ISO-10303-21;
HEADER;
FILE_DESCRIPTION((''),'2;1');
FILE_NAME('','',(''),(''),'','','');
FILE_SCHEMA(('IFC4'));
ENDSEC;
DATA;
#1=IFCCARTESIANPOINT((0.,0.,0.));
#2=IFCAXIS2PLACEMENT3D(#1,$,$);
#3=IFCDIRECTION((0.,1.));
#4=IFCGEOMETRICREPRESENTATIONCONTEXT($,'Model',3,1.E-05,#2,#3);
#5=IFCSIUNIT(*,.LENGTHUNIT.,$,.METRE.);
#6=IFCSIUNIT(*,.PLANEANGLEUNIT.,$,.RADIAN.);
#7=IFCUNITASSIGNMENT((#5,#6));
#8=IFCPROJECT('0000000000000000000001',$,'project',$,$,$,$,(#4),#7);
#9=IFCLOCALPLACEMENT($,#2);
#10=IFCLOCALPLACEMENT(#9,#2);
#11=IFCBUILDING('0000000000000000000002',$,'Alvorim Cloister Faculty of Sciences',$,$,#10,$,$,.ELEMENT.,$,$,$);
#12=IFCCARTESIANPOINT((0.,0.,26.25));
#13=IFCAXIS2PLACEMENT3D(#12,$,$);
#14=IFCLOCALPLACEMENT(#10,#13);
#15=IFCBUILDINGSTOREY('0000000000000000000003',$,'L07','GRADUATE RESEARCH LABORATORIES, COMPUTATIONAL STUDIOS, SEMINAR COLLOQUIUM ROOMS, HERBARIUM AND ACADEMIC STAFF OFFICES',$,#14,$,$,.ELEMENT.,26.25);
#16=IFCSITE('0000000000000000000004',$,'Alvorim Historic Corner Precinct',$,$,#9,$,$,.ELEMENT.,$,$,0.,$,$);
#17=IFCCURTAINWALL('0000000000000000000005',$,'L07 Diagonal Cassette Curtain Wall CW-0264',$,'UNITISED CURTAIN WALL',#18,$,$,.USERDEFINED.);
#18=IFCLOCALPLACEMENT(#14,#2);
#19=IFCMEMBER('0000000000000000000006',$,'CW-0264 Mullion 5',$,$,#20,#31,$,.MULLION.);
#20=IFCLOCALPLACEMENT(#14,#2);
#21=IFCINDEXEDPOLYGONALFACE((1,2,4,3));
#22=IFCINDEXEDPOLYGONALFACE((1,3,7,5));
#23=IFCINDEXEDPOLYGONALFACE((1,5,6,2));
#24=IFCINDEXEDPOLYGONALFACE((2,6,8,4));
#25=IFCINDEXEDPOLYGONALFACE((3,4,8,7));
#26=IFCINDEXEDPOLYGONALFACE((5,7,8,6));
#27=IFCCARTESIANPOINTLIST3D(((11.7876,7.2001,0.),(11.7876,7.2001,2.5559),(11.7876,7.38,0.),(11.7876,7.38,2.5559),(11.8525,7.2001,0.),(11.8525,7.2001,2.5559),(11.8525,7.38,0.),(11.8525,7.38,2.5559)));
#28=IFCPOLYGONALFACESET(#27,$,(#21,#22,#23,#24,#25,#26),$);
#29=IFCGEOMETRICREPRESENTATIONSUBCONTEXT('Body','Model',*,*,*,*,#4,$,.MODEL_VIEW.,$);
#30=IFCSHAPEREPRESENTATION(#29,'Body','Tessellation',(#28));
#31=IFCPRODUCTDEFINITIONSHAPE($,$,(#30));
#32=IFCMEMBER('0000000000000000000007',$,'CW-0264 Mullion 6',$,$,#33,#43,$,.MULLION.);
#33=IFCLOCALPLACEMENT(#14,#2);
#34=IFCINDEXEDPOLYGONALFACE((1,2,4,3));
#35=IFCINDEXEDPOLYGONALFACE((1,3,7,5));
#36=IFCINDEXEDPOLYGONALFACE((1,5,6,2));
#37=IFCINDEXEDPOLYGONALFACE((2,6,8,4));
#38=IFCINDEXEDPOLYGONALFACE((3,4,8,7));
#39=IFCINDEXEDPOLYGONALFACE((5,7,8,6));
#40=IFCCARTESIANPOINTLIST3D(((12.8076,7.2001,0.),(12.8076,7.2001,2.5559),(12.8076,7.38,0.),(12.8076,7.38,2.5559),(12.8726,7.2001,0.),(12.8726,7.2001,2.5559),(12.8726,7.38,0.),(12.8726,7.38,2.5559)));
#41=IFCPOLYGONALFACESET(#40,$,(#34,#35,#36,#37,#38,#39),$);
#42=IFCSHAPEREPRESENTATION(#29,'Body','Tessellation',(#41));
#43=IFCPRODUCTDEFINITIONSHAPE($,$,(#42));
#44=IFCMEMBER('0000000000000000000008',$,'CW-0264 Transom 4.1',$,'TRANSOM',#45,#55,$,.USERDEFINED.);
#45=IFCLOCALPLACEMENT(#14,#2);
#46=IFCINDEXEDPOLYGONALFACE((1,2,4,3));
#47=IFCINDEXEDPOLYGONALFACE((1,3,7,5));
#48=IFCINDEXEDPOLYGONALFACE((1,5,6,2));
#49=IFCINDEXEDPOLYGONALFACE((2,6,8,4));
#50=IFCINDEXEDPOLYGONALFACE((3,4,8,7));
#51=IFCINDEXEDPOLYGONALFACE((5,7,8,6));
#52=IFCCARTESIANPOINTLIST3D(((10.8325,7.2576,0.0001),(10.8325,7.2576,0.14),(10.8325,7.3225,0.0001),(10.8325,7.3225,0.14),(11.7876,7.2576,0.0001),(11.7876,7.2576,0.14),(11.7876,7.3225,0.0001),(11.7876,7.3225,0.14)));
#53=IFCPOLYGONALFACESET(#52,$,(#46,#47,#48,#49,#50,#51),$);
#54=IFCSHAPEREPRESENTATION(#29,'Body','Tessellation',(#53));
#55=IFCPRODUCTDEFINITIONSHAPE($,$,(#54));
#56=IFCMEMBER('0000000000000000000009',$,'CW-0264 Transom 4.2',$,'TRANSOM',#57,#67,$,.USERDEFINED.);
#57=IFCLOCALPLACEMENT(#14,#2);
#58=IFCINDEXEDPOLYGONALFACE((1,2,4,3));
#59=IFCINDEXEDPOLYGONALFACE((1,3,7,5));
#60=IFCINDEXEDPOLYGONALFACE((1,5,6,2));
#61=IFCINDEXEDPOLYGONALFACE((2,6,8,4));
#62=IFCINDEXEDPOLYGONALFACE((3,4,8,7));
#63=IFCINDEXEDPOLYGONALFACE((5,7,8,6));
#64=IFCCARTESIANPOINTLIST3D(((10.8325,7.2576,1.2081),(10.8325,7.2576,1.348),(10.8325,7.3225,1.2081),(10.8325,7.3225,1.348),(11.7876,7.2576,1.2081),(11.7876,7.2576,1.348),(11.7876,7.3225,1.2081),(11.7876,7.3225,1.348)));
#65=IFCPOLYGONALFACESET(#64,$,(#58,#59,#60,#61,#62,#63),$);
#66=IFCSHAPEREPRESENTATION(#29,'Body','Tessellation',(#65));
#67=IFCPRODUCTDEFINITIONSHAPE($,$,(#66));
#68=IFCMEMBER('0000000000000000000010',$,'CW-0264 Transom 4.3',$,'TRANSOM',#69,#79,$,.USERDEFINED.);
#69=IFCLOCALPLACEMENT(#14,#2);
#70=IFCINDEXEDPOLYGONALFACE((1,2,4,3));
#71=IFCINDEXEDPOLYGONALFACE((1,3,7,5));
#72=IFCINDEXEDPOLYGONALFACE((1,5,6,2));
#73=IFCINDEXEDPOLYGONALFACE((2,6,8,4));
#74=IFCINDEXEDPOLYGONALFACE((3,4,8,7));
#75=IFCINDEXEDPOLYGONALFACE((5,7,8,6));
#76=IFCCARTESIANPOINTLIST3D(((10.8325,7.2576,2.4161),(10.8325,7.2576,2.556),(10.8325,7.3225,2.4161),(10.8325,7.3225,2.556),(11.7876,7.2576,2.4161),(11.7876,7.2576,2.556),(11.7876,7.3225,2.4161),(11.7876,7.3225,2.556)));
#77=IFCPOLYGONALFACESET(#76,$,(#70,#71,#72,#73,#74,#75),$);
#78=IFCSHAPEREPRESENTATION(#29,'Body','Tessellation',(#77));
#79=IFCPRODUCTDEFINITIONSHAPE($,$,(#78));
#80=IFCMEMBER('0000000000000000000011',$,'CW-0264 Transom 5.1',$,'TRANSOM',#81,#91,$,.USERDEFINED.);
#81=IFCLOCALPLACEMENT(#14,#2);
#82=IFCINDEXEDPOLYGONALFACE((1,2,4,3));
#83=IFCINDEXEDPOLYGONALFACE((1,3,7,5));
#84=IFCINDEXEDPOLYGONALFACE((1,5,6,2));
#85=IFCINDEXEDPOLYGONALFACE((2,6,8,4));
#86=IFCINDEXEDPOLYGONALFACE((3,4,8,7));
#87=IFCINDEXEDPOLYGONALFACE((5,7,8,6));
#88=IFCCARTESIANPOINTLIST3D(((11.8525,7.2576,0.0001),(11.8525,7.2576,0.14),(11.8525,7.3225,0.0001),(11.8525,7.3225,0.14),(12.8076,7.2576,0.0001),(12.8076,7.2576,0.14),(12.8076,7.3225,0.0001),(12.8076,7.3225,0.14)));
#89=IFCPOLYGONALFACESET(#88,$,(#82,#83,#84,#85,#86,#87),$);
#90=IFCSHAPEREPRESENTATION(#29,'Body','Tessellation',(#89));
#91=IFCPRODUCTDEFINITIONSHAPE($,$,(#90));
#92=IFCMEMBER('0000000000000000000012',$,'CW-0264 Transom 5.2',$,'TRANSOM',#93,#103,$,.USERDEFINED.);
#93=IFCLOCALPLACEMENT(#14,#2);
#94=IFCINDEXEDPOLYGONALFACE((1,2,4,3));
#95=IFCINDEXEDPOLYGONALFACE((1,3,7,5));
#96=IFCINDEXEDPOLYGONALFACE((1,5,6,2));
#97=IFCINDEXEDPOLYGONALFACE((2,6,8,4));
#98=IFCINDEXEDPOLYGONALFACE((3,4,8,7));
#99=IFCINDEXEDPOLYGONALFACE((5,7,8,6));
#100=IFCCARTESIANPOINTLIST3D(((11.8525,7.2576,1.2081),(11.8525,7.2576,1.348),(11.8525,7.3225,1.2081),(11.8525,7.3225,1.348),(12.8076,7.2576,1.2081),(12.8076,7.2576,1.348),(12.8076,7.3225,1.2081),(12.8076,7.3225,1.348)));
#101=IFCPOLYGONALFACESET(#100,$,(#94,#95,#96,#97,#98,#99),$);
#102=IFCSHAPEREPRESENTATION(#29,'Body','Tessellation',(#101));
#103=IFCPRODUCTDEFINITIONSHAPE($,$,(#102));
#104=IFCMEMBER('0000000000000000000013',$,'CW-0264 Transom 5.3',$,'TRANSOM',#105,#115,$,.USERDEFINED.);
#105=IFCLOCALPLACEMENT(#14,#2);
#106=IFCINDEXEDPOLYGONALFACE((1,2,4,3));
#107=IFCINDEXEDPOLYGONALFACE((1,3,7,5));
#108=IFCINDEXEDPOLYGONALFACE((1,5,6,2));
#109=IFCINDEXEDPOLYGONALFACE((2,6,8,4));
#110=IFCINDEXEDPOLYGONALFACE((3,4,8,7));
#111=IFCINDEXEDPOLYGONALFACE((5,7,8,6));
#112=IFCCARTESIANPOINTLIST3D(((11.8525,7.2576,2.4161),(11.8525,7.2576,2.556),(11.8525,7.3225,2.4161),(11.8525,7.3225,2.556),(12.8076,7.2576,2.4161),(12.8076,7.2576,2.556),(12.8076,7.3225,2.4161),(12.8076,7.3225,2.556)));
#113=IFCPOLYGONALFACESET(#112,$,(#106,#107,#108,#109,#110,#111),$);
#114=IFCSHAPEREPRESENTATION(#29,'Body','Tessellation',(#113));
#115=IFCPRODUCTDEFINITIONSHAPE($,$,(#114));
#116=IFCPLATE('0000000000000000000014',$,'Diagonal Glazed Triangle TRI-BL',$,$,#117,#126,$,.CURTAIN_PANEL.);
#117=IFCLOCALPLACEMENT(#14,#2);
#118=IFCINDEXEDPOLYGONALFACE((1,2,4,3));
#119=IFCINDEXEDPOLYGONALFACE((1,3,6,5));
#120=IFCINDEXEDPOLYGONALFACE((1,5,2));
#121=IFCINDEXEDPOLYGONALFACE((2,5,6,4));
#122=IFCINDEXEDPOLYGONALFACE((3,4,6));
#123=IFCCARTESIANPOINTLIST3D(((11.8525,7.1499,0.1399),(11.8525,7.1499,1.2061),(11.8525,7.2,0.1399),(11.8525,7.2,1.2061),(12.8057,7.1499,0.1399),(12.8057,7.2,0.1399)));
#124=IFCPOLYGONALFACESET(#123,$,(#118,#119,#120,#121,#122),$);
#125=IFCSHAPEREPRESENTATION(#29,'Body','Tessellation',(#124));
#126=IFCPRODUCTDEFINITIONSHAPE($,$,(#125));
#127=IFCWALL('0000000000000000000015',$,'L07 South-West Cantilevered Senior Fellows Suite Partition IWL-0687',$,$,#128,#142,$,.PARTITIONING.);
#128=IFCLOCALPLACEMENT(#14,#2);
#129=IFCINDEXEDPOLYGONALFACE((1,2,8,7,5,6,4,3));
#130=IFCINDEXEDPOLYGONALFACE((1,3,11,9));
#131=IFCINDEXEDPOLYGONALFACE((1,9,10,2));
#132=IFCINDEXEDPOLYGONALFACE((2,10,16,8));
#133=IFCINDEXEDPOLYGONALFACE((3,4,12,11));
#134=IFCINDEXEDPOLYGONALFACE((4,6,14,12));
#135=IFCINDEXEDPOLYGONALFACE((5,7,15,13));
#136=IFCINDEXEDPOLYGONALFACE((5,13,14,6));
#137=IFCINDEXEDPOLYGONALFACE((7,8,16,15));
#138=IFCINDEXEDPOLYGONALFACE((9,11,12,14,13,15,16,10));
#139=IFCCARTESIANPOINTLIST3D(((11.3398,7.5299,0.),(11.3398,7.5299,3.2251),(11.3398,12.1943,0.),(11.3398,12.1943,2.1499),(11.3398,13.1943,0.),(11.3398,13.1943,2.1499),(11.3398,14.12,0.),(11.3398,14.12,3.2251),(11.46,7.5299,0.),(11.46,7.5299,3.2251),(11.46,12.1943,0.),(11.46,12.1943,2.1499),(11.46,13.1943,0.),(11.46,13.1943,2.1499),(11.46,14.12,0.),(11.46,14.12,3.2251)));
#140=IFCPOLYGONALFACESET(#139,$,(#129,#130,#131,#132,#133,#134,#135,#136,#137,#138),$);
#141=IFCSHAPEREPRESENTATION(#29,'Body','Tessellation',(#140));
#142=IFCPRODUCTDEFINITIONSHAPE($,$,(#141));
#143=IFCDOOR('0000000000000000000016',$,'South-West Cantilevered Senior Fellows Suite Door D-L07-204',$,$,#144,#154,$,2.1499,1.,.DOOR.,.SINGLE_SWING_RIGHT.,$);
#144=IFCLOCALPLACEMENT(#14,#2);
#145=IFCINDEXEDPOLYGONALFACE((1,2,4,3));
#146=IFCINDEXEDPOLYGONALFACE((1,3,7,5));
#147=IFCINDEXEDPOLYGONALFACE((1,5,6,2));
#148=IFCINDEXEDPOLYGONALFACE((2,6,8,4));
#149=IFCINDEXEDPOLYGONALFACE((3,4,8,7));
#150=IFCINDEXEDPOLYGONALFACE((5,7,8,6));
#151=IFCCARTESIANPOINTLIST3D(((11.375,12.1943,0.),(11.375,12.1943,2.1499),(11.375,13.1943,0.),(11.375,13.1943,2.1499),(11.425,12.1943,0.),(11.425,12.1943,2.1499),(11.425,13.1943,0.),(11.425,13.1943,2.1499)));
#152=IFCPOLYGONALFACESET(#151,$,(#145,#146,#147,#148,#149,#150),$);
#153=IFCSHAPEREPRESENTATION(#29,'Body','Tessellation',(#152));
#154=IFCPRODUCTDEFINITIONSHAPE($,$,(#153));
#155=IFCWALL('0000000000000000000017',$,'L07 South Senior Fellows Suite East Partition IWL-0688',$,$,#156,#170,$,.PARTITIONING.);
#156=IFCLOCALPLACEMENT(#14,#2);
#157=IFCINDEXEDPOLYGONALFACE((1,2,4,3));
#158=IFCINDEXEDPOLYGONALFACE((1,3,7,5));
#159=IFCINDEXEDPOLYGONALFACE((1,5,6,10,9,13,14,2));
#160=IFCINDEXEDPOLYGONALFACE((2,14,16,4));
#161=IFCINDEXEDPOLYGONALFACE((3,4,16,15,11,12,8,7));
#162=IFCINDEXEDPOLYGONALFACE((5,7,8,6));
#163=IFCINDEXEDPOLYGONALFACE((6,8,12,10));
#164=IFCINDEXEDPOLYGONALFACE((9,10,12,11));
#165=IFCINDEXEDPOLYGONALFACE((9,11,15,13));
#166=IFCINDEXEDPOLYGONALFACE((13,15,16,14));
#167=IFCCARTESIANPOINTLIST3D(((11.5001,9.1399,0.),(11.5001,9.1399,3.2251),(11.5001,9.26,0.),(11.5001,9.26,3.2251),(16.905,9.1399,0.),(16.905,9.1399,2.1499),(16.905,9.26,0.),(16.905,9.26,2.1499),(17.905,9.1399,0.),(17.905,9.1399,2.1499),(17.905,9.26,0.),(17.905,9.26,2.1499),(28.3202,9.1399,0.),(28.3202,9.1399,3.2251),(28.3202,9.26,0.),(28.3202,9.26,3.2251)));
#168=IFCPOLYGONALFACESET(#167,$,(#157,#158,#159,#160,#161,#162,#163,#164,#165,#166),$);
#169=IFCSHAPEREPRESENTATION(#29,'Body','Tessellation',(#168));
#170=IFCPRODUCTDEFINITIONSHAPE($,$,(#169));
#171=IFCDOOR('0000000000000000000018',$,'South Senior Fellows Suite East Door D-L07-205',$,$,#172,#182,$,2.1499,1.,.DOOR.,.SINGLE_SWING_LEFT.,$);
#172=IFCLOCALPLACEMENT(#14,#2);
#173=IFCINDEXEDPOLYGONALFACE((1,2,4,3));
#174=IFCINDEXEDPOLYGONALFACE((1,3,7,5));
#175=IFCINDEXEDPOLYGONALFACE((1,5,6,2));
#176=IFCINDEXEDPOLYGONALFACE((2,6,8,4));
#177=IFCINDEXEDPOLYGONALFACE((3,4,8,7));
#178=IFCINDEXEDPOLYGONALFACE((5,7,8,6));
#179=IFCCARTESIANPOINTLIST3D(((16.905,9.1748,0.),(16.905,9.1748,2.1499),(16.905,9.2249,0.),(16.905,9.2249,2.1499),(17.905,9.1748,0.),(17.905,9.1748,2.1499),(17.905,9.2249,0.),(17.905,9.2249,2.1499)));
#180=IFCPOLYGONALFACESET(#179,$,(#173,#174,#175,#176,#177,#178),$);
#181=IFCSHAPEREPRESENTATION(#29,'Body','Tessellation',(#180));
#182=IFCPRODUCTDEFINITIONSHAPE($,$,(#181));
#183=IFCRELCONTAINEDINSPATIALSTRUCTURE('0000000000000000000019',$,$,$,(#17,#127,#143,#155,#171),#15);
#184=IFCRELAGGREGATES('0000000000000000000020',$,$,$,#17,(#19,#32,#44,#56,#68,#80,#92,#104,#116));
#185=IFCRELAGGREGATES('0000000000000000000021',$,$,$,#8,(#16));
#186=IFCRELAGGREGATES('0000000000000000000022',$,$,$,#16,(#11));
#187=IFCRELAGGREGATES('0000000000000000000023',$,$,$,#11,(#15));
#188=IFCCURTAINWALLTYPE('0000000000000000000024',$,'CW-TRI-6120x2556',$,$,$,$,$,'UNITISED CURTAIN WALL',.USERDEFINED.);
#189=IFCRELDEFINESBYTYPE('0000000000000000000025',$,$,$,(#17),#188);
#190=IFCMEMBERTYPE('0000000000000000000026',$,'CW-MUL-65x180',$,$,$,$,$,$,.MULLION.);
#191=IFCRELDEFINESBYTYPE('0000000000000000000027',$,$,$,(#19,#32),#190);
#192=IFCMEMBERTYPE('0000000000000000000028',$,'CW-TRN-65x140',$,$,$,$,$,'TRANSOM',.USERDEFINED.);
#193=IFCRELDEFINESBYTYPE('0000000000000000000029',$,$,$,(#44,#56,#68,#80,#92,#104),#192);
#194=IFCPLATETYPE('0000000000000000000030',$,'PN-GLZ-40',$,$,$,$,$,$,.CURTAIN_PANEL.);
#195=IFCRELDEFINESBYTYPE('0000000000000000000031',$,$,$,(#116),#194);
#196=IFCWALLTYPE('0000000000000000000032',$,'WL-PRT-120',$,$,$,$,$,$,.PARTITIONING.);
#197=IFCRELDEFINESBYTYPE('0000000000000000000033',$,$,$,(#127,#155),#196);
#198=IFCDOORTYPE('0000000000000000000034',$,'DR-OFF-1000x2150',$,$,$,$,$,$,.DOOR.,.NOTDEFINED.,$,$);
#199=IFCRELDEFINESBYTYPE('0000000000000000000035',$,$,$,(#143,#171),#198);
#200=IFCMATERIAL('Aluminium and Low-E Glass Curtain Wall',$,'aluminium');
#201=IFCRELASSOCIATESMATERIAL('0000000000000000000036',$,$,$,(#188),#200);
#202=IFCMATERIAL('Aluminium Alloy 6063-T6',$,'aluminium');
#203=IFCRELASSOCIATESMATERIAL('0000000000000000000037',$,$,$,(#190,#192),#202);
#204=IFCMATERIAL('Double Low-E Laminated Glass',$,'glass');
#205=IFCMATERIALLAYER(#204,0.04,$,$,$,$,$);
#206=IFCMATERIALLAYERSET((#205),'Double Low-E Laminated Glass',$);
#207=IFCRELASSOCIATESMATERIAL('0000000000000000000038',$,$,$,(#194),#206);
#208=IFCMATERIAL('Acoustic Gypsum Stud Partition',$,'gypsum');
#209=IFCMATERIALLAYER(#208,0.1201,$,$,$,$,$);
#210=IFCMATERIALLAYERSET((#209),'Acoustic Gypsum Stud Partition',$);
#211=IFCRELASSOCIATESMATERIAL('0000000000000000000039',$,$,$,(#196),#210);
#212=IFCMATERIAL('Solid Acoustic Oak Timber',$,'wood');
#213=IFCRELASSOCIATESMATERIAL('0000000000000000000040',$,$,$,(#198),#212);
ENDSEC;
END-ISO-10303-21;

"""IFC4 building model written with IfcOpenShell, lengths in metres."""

from ifc_helpers import new_model, si_unit, direction, frame, frame_2d, origin, origin_2d, place, context, subcontext, project, spatial, polyline, rectangle, outline, extrude, material, layer, layer_set, material_profile, profile_set, type_object, element, fill, aggregate, save


model = new_model("IFC4")

# Units and contexts
model_context = context("Model", 3, precision=1e-05, world=origin(), true_north=direction((0.0, 1.0)))
body_context = subcontext(model_context, "Body", "Model", "MODEL_VIEW")
ifc_project = project(units=[si_unit("LENGTHUNIT", "METRE"), si_unit("PLANEANGLEUNIT", "RADIAN")], contexts=[model_context])

# Site, building, storey
site_placement = place(None, origin())
site = spatial("IfcSite", under=ifc_project, at=site_placement, Name="Alvorim Historic Corner Precinct", CompositionType="ELEMENT", RefElevation=0.0)
building_placement = place(site_placement, origin())
building = spatial("IfcBuilding", under=site, at=building_placement, Name="Alvorim Cloister Faculty of Sciences", CompositionType="ELEMENT")
storey_placement = place(building_placement, frame((0.0, 0.0, 26.25)))
storey = spatial("IfcBuildingStorey", under=building, at=storey_placement, Name="L07", Description="GRADUATE RESEARCH LABORATORIES, COMPUTATIONAL STUDIOS, SEMINAR COLLOQUIUM ROOMS, HERBARIUM AND ACADEMIC STAFF OFFICES", CompositionType="ELEMENT", Elevation=26.25)

# Curtain wall, members, plate
ifc_material_1 = material(Name="Aluminium and Low-E Glass Curtain Wall", Category="aluminium")
curtain_wall_type = type_object("IfcCurtainWallType", Name="CW-TRI-6120x2556", ElementType="UNITISED CURTAIN WALL", PredefinedType="USERDEFINED", material=ifc_material_1)
curtain_wall_placement = place(storey_placement, origin())
curtain_wall = element("IfcCurtainWall", 1, at=curtain_wall_placement, inside=storey, type_object=curtain_wall_type, Name="L07 Diagonal Cassette Curtain Wall CW-0264", ObjectType="UNITISED CURTAIN WALL", PredefinedType="USERDEFINED")
ifc_material_2 = material(Name="Aluminium Alloy 6063-T6", Category="aluminium")
ifc_material_profile_1 = material_profile(ifc_material_2, rectangle(XDim=0.0649, YDim=0.1799, at=origin_2d()), Name="ALU-MUL-65x180")
ifc_profile_set_1 = profile_set([ifc_material_profile_1], Name="Aluminium Alloy 6063-T6")
member_type_1 = type_object("IfcMemberType", Name="CW-MUL-65x180", PredefinedType="MULLION", material=ifc_profile_set_1)
member_1_placement = place(storey_placement, frame((11.8201, 7.29, 0.0), z_axis=(0.0, 0.0, 1.0), x_axis=(1.0, 0.0, 0.0)))
member_1 = element("IfcMember", 2, at=member_1_placement, type_object=member_type_1, Name="CW-0264 Mullion 5", PredefinedType="MULLION", context=body_context, shape_type="SweptSolid", body=[
    extrude(rectangle(XDim=0.0649, YDim=0.1799, at=origin_2d()), origin(), (0.0, 0.0, 1.0), 2.5559),
])
member_2_placement = place(storey_placement, frame((12.8401, 7.29, 0.0), z_axis=(0.0, 0.0, 1.0), x_axis=(1.0, 0.0, 0.0)))
member_2 = element("IfcMember", 3, at=member_2_placement, type_object=member_type_1, Name="CW-0264 Mullion 6", PredefinedType="MULLION", context=body_context, shape_type="SweptSolid", body=[
    extrude(rectangle(XDim=0.0649, YDim=0.1799, at=origin_2d()), origin(), (0.0, 0.0, 1.0), 2.5559),
])
ifc_material_profile_2 = material_profile(ifc_material_2, rectangle(XDim=0.0649, YDim=0.1399, at=origin_2d()), Name="ALU-TRN-65x140")
ifc_profile_set_2 = profile_set([ifc_material_profile_2], Name="Aluminium Alloy 6063-T6")
member_type_2 = type_object("IfcMemberType", Name="CW-TRN-65x140", ElementType="TRANSOM", PredefinedType="USERDEFINED", material=ifc_profile_set_2)
member_3_placement = place(storey_placement, frame((10.8325, 7.29, 0.0701), z_axis=(1.0, 0.0, 0.0), x_axis=(0.0, 1.0, 0.0)))
member_3 = element("IfcMember", 4, at=member_3_placement, type_object=member_type_2, Name="CW-0264 Transom 4.1", ObjectType="TRANSOM", PredefinedType="USERDEFINED", context=body_context, shape_type="SweptSolid", body=[
    extrude(rectangle(XDim=0.0649, YDim=0.1399, at=origin_2d()), origin(), (0.0, 0.0, 1.0), 0.9551),
])
member_4_placement = place(storey_placement, frame((10.8325, 7.29, 1.2781), z_axis=(1.0, 0.0, 0.0), x_axis=(0.0, 1.0, 0.0)))
member_4 = element("IfcMember", 5, at=member_4_placement, type_object=member_type_2, Name="CW-0264 Transom 4.2", ObjectType="TRANSOM", PredefinedType="USERDEFINED", context=body_context, shape_type="SweptSolid", body=[
    extrude(rectangle(XDim=0.0649, YDim=0.1399, at=origin_2d()), origin(), (0.0, 0.0, 1.0), 0.9551),
])
member_5_placement = place(storey_placement, frame((10.8325, 7.29, 2.4861), z_axis=(1.0, 0.0, 0.0), x_axis=(0.0, 1.0, 0.0)))
member_5 = element("IfcMember", 6, at=member_5_placement, type_object=member_type_2, Name="CW-0264 Transom 4.3", ObjectType="TRANSOM", PredefinedType="USERDEFINED", context=body_context, shape_type="SweptSolid", body=[
    extrude(rectangle(XDim=0.0649, YDim=0.1399, at=origin_2d()), origin(), (0.0, 0.0, 1.0), 0.9551),
])
member_6_placement = place(storey_placement, frame((11.8525, 7.29, 0.0701), z_axis=(1.0, 0.0, 0.0), x_axis=(0.0, 1.0, 0.0)))
member_6 = element("IfcMember", 7, at=member_6_placement, type_object=member_type_2, Name="CW-0264 Transom 5.1", ObjectType="TRANSOM", PredefinedType="USERDEFINED", context=body_context, shape_type="SweptSolid", body=[
    extrude(rectangle(XDim=0.0649, YDim=0.1399, at=origin_2d()), origin(), (0.0, 0.0, 1.0), 0.9551),
])
member_7_placement = place(storey_placement, frame((11.8525, 7.29, 1.2781), z_axis=(1.0, 0.0, 0.0), x_axis=(0.0, 1.0, 0.0)))
member_7 = element("IfcMember", 8, at=member_7_placement, type_object=member_type_2, Name="CW-0264 Transom 5.2", ObjectType="TRANSOM", PredefinedType="USERDEFINED", context=body_context, shape_type="SweptSolid", body=[
    extrude(rectangle(XDim=0.0649, YDim=0.1399, at=origin_2d()), origin(), (0.0, 0.0, 1.0), 0.9551),
])
member_8_placement = place(storey_placement, frame((11.8525, 7.29, 2.4861), z_axis=(1.0, 0.0, 0.0), x_axis=(0.0, 1.0, 0.0)))
member_8 = element("IfcMember", 9, at=member_8_placement, type_object=member_type_2, Name="CW-0264 Transom 5.3", ObjectType="TRANSOM", PredefinedType="USERDEFINED", context=body_context, shape_type="SweptSolid", body=[
    extrude(rectangle(XDim=0.0649, YDim=0.1399, at=origin_2d()), origin(), (0.0, 0.0, 1.0), 0.9551),
])
ifc_material_3 = material(Name="Double Low-E Laminated Glass", Category="glass")
ifc_layer_1 = layer(ifc_material_3, 0.04)
ifc_layer_set_1 = layer_set([ifc_layer_1], Name="Double Low-E Laminated Glass")
plate_type = type_object("IfcPlateType", Name="PN-GLZ-40", PredefinedType="CURTAIN_PANEL", material=ifc_layer_set_1)
plate_1_placement = place(storey_placement, frame((11.8525, 7.175, 0.1399), z_axis=(0.0, 0.0, 1.0), x_axis=(1.0, 0.0, 0.0)))
plate_1 = element("IfcPlate", 10, at=plate_1_placement, type_object=plate_type, Name="Diagonal Glazed Triangle TRI-BL", PredefinedType="CURTAIN_PANEL", context=body_context, shape_type="SweptSolid", body=[
    extrude(outline(polyline([(0.0, 0.0), (0.9531, 0.0), (0.0, 1.0662), (0.0, 0.0)])), frame((0.0, 0.0249, 0.0), z_axis=(0.0, -1.0, 0.0), x_axis=(1.0, 0.0, 0.0)), (0.0, 0.0, 1.0), 0.05),
])
aggregate(curtain_wall, [member_1, member_2, member_3, member_4, member_5, member_6, member_7, member_8, plate_1])

# Walls, openings, doors
ifc_material_4 = material(Name="Acoustic Gypsum Stud Partition", Category="gypsum")
ifc_layer_2 = layer(ifc_material_4, 0.1201)
ifc_layer_set_2 = layer_set([ifc_layer_2], Name="Acoustic Gypsum Stud Partition")
wall_type = type_object("IfcWallType", Name="WL-PRT-120", PredefinedType="PARTITIONING", material=ifc_layer_set_2)
wall_1_placement = place(storey_placement, frame((11.3999, 7.53, 0.0), z_axis=(0.0, 0.0, 1.0), x_axis=(0.0, 1.0, 0.0)))
wall_1 = element("IfcWall", 11, at=wall_1_placement, inside=storey, type_object=wall_type, Name="L07 South-West Cantilevered Senior Fellows Suite Partition IWL-0687", PredefinedType="PARTITIONING", context=body_context, shape_type="SweptSolid", body=[
    extrude(rectangle(XDim=6.5901, YDim=0.1201, at=frame_2d((3.2949, 0.0))), origin(), (0.0, 0.0, 1.0), 3.2251),
])
opening_1_placement = place(wall_1_placement, frame((4.6643, 0.0, 0.0)))
opening_1 = element("IfcOpeningElement", 12, at=opening_1_placement, cuts=wall_1, PredefinedType="OPENING", context=body_context, shape_type="SweptSolid", body=[
    extrude(rectangle(XDim=1.0, YDim=2.1499, at=frame_2d((0.5, 1.075))), frame((0.0, 0.072, 0.0), z_axis=(0.0, -1.0, 0.0), x_axis=(1.0, 0.0, 0.0)), (0.0, 0.0, 1.0), 0.144),
])
ifc_material_5 = material(Name="Solid Acoustic Oak Timber", Category="wood")
door_type = type_object("IfcDoorType", Name="DR-OFF-1000x2150", OperationType="NOTDEFINED", PredefinedType="DOOR", material=ifc_material_5)
door_1_placement = place(opening_1_placement, origin())
door_1 = element("IfcDoor", 13, at=door_1_placement, inside=storey, type_object=door_type, Name="South-West Cantilevered Senior Fellows Suite Door D-L07-204", OperationType="SINGLE_SWING_RIGHT", OverallHeight=2.1499, OverallWidth=1.0, PredefinedType="DOOR", context=body_context, shape_type="SweptSolid", body=[
    extrude(rectangle(XDim=1.0, YDim=2.1499, at=frame_2d((0.5, 1.075))), frame((0.0, 0.0249, 0.0), z_axis=(0.0, -1.0, 0.0), x_axis=(1.0, 0.0, 0.0)), (0.0, 0.0, 1.0), 0.05),
])
fill(opening_1, door_1)
wall_2_placement = place(storey_placement, frame((11.5, 9.2, 0.0), z_axis=(0.0, 0.0, 1.0), x_axis=(1.0, 0.0, 0.0)))
wall_2 = element("IfcWall", 14, at=wall_2_placement, inside=storey, type_object=wall_type, Name="L07 South Senior Fellows Suite East Partition IWL-0688", PredefinedType="PARTITIONING", context=body_context, shape_type="SweptSolid", body=[
    extrude(rectangle(XDim=16.8201, YDim=0.1201, at=frame_2d((8.4102, 0.0))), origin(), (0.0, 0.0, 1.0), 3.2251),
])
opening_2_placement = place(wall_2_placement, frame((5.405, 0.0, 0.0)))
opening_2 = element("IfcOpeningElement", 15, at=opening_2_placement, cuts=wall_2, PredefinedType="OPENING", context=body_context, shape_type="SweptSolid", body=[
    extrude(rectangle(XDim=1.0, YDim=2.1499, at=frame_2d((0.5, 1.075))), frame((0.0, 0.072, 0.0), z_axis=(0.0, -1.0, 0.0), x_axis=(1.0, 0.0, 0.0)), (0.0, 0.0, 1.0), 0.144),
])
door_2_placement = place(opening_2_placement, origin())
door_2 = element("IfcDoor", 16, at=door_2_placement, inside=storey, type_object=door_type, Name="South Senior Fellows Suite East Door D-L07-205", OperationType="SINGLE_SWING_LEFT", OverallHeight=2.1499, OverallWidth=1.0, PredefinedType="DOOR", context=body_context, shape_type="SweptSolid", body=[
    extrude(rectangle(XDim=1.0, YDim=2.1499, at=frame_2d((0.5, 1.075))), frame((0.0, 0.0249, 0.0), z_axis=(0.0, -1.0, 0.0), x_axis=(1.0, 0.0, 0.0)), (0.0, 0.0, 1.0), 0.05),
])
fill(opening_2, door_2)

save(model, "model.ifc")
